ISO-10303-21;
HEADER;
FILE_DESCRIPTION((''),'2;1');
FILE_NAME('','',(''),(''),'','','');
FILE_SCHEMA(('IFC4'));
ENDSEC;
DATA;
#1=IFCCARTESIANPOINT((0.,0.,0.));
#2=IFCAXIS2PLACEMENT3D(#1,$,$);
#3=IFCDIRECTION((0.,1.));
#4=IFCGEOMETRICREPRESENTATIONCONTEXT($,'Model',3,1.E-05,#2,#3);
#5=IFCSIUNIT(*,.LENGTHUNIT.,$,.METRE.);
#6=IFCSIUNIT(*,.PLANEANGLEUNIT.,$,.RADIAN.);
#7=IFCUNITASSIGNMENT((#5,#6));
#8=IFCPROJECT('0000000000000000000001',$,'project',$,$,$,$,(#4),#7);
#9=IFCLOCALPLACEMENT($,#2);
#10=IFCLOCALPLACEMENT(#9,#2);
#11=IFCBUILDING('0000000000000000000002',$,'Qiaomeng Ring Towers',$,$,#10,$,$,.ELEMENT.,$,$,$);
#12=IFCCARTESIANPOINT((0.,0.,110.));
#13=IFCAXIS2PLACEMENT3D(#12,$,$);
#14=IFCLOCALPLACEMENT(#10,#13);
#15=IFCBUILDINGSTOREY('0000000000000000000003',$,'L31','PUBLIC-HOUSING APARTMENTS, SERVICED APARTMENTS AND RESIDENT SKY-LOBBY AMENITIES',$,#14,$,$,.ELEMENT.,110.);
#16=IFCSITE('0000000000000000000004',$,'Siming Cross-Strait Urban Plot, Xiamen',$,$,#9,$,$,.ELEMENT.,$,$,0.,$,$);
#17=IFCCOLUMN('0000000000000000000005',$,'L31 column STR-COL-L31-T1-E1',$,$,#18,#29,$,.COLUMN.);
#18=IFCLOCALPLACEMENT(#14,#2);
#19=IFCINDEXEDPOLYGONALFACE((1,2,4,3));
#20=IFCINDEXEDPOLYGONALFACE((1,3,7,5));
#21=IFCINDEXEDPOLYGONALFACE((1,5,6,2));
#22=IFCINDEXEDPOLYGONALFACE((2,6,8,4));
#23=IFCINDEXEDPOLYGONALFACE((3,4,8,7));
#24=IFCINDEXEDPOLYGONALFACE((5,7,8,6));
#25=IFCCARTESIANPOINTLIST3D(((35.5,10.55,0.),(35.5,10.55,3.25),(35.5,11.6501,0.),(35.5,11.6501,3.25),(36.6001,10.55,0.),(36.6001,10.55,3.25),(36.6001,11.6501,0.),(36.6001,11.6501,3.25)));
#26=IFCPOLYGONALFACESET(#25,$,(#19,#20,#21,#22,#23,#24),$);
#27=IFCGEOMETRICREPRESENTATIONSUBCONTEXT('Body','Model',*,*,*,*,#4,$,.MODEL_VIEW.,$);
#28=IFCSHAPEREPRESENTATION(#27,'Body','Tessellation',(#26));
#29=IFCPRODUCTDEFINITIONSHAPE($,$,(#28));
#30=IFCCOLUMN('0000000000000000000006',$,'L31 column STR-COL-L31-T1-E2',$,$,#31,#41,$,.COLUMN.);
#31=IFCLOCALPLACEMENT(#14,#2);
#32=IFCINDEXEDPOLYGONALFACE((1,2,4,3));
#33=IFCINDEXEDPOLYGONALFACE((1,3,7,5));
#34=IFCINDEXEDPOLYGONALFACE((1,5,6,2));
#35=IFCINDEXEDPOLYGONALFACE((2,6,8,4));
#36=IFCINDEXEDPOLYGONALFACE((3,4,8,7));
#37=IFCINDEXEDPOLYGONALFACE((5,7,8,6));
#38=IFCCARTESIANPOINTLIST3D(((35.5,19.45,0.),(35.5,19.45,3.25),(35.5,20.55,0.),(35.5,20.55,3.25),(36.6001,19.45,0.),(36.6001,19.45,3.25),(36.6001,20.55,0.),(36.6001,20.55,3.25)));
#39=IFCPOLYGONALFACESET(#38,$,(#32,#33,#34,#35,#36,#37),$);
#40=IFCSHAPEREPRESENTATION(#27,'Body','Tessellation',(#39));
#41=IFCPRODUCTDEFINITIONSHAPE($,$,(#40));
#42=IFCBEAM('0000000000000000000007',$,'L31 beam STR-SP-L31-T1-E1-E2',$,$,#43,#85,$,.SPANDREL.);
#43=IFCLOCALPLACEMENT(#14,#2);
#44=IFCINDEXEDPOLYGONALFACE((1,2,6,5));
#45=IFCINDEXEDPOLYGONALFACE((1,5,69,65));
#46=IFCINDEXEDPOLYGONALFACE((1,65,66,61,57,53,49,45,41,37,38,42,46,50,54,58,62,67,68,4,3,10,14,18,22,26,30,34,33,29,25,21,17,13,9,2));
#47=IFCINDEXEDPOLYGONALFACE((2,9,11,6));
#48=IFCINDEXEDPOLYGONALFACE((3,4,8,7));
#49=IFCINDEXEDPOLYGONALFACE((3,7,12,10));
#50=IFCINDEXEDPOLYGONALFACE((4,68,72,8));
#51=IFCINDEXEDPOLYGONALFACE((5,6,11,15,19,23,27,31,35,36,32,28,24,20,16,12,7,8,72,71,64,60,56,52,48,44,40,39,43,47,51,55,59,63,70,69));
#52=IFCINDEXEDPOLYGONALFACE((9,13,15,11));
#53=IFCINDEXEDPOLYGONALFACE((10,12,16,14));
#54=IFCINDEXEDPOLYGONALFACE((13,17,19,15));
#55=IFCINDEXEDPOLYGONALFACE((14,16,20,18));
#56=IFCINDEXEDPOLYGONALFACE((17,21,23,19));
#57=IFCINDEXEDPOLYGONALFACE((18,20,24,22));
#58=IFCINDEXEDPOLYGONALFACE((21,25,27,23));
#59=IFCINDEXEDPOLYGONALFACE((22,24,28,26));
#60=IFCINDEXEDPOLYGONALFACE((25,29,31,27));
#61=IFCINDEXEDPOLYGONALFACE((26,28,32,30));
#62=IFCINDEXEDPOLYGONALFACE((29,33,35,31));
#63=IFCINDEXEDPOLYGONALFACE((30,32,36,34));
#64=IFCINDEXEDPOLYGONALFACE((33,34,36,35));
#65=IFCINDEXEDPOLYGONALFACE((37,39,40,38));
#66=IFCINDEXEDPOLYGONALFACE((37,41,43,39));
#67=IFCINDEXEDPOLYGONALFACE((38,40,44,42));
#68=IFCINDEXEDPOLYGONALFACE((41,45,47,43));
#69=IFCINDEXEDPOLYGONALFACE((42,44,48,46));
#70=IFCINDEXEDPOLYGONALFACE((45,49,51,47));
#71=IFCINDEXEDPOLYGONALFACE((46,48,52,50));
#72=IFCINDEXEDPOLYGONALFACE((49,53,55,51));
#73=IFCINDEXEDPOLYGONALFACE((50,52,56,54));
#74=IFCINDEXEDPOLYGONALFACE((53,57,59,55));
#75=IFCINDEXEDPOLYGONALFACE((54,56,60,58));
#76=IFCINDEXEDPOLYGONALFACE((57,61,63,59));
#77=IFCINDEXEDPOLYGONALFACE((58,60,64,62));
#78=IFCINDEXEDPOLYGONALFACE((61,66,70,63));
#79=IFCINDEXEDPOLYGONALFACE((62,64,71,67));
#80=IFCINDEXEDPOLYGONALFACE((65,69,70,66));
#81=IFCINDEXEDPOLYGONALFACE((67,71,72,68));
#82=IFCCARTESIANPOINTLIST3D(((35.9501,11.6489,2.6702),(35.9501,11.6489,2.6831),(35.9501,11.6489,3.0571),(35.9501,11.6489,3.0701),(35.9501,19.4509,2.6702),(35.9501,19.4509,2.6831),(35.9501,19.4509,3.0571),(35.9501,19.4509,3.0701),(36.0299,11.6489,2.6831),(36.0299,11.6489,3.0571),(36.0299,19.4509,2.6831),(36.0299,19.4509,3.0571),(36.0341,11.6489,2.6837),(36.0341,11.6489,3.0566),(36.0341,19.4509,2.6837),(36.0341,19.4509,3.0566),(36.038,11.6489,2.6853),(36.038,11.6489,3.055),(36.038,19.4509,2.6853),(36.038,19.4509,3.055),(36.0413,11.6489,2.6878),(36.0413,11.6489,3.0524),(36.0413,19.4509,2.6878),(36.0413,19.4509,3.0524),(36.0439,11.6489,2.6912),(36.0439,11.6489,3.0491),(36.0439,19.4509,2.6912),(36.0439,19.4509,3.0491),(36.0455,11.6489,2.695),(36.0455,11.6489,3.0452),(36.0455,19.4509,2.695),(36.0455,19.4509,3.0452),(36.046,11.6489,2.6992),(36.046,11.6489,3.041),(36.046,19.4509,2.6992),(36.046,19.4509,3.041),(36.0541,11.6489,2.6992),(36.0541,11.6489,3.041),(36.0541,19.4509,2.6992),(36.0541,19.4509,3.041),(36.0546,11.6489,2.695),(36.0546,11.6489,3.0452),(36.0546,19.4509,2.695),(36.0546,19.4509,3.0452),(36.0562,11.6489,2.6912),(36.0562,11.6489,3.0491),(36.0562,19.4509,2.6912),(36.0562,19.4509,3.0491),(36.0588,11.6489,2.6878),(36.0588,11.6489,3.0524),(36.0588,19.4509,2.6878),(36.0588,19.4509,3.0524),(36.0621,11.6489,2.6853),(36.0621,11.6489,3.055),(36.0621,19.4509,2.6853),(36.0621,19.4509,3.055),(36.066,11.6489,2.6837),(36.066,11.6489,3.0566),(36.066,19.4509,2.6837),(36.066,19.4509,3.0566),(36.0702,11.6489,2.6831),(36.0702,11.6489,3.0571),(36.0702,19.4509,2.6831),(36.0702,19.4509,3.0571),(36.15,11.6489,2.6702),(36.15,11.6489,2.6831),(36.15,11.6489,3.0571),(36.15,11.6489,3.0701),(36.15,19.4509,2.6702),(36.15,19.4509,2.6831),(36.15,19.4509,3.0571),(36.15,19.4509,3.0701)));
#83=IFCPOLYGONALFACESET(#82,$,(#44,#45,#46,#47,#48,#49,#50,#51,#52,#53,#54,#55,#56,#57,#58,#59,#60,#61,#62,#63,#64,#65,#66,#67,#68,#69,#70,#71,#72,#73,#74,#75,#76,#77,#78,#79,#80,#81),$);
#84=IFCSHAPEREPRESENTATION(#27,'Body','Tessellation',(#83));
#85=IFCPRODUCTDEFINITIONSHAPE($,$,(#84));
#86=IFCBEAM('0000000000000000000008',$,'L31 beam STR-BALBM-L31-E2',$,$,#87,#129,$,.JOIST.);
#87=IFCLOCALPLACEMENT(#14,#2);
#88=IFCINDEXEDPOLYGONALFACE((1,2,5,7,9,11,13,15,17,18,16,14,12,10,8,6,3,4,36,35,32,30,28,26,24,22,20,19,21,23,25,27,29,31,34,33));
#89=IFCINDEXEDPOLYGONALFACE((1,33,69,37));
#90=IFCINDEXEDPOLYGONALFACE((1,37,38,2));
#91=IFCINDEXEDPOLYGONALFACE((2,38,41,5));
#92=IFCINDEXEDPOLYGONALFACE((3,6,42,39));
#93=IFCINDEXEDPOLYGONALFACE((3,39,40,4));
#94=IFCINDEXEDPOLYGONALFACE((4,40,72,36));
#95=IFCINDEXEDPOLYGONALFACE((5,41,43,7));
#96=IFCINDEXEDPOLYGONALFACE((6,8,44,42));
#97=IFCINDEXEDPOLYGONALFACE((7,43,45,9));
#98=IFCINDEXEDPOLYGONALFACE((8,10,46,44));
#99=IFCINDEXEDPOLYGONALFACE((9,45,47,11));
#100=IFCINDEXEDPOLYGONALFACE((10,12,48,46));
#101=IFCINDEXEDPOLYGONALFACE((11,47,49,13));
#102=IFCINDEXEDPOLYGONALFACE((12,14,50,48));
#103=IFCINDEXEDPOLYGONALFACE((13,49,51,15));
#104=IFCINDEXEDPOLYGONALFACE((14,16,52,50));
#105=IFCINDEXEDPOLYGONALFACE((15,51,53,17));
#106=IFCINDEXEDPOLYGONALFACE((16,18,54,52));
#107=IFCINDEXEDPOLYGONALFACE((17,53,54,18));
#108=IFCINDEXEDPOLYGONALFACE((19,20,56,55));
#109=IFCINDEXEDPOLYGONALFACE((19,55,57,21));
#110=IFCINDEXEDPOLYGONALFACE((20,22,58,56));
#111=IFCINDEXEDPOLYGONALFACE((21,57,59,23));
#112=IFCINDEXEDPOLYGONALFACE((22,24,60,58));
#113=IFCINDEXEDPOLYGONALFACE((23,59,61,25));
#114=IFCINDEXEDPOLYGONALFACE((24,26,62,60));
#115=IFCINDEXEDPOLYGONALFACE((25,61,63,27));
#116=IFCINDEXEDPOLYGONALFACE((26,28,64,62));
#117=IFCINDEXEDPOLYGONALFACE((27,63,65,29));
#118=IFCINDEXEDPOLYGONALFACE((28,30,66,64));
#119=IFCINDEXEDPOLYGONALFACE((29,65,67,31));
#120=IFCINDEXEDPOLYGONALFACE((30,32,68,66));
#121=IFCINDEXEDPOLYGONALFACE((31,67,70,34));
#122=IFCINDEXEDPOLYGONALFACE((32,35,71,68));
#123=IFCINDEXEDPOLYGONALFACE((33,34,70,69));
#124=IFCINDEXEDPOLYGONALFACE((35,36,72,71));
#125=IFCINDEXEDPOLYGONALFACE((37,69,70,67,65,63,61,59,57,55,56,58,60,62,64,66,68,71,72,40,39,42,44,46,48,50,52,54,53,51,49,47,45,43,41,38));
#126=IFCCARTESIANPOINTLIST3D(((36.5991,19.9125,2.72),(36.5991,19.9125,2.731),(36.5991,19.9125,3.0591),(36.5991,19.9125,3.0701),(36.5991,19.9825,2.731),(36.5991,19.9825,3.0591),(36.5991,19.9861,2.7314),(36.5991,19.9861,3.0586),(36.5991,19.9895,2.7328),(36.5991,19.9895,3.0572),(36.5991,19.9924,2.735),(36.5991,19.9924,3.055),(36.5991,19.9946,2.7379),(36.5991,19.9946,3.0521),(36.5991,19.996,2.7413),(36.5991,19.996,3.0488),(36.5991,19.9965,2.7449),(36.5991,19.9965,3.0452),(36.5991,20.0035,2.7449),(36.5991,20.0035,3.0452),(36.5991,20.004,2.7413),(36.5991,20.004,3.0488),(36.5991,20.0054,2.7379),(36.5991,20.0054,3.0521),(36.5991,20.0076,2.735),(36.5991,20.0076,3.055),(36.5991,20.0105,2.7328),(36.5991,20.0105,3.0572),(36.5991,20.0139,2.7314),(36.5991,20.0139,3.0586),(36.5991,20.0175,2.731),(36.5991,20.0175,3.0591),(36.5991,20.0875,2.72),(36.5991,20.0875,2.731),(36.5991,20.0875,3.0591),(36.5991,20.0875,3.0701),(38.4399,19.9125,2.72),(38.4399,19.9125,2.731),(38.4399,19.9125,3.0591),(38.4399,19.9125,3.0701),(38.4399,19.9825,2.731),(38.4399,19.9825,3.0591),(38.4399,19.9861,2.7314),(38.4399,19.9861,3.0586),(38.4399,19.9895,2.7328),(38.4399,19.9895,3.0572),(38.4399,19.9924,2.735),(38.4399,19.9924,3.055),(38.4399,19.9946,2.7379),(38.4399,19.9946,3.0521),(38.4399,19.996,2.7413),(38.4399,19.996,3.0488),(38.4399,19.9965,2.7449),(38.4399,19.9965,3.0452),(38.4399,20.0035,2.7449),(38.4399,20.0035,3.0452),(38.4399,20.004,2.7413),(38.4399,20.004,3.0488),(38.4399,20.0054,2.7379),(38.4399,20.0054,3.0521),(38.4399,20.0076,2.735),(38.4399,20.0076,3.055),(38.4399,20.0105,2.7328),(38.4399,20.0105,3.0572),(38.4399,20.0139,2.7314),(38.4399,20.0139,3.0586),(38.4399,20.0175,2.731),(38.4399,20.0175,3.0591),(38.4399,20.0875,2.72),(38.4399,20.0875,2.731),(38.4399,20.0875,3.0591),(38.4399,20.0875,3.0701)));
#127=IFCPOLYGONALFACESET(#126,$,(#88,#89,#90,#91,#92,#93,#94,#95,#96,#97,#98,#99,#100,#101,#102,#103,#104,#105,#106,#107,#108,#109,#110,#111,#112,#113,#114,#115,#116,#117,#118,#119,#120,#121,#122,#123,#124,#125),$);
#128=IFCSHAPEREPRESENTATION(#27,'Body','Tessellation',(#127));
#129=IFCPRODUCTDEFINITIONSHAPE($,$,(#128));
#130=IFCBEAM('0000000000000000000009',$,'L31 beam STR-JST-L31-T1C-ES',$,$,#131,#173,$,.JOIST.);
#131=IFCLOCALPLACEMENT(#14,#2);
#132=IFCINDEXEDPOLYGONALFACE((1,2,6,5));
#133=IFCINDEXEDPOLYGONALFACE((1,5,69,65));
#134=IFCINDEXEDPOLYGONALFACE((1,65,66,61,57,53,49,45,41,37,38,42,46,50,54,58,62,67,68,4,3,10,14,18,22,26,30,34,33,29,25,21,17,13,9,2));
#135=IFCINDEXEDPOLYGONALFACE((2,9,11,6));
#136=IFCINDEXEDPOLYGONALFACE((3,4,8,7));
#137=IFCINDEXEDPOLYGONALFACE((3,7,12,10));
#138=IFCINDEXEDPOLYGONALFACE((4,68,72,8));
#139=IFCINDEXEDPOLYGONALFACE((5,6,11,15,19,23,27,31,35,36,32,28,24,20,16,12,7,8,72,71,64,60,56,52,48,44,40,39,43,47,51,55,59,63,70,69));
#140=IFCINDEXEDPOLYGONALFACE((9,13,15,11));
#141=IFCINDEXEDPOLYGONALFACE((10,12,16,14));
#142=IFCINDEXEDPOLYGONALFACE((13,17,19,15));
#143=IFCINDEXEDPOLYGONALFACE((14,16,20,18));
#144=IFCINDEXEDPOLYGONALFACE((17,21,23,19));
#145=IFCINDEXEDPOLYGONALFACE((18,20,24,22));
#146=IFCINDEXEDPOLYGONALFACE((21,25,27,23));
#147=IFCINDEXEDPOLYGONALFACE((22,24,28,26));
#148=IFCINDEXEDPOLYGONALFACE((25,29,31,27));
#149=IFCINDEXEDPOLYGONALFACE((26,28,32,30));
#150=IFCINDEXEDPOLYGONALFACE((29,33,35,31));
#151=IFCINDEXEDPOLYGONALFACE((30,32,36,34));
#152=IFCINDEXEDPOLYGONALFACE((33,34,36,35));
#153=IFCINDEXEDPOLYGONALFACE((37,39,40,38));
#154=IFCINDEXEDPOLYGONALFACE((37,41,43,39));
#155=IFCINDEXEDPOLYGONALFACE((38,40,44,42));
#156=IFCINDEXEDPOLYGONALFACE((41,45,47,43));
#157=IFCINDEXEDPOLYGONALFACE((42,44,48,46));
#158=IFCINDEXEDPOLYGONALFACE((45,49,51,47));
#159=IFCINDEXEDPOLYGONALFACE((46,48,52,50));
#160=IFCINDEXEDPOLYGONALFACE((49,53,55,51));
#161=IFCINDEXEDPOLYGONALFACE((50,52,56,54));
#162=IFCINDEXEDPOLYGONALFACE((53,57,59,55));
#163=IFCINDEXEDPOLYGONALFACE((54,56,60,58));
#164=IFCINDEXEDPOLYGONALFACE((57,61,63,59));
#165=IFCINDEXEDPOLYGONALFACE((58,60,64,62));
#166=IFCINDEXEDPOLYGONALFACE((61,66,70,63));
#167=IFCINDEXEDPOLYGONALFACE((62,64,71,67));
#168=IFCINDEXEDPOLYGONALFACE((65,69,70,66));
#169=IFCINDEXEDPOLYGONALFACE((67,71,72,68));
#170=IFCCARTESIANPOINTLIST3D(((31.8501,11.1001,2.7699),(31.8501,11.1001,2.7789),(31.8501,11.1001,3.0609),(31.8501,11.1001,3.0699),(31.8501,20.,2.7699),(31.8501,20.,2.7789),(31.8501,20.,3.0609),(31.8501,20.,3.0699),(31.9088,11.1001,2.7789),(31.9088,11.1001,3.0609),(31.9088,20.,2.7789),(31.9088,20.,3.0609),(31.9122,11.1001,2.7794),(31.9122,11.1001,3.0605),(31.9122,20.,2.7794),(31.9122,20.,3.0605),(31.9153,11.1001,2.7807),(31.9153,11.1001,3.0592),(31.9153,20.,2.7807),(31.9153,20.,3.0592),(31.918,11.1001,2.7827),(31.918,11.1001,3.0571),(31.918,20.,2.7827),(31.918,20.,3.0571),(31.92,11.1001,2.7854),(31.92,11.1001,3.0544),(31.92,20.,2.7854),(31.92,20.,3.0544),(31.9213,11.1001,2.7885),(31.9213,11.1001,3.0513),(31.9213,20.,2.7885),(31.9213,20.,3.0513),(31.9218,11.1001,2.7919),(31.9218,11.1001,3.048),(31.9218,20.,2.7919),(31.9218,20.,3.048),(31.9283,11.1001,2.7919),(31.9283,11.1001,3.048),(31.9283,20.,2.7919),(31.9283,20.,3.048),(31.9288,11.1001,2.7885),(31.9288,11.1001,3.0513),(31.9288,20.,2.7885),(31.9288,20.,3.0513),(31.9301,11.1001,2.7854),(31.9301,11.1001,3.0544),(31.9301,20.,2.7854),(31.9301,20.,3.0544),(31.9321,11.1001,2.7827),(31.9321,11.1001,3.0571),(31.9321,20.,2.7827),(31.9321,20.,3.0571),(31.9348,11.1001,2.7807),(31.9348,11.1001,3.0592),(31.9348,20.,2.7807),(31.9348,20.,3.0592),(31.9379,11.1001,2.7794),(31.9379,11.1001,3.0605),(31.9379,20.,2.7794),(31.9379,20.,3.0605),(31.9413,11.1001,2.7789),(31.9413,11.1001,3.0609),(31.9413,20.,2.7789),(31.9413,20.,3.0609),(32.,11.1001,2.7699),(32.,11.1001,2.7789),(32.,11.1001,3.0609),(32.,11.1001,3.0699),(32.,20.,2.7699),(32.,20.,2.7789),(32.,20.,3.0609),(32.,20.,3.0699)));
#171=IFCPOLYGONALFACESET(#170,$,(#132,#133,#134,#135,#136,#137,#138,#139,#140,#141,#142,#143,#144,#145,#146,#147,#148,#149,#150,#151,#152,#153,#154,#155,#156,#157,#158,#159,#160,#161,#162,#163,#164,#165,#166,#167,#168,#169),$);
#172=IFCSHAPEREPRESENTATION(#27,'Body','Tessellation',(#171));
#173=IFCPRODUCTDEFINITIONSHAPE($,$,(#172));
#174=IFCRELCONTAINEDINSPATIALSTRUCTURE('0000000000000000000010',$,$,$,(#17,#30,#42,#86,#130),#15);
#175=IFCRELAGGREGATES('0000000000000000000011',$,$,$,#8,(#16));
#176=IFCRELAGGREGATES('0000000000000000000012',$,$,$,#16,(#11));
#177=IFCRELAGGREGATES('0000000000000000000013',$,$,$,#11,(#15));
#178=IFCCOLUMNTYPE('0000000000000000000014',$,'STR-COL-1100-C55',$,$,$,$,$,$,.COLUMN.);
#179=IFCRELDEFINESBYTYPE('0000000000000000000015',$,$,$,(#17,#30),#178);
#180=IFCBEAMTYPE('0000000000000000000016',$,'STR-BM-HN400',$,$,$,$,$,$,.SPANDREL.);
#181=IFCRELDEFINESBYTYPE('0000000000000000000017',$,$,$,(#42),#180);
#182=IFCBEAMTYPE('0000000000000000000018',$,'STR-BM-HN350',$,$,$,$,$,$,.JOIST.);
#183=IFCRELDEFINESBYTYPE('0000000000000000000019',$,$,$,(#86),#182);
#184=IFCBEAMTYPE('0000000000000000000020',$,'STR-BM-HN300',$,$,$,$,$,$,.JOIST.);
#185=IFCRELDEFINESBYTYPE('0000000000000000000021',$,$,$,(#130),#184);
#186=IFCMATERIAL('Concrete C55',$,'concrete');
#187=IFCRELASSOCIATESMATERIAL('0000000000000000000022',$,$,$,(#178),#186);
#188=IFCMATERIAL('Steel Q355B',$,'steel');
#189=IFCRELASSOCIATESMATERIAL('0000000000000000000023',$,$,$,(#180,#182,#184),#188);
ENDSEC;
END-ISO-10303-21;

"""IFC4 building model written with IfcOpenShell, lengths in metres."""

from ifc_helpers import new_model, si_unit, direction, frame, origin, origin_2d, place, context, subcontext, project, spatial, rectangle, i_section, extrude, source, transform, mapped, material, material_profile, profile_set, type_object, element, save


model = new_model("IFC4")

# Units and contexts
model_context = context("Model", 3, precision=1e-05, world=origin(), true_north=direction((0.0, 1.0)))
body_context = subcontext(model_context, "Body", "Model", "MODEL_VIEW")
ifc_project = project(units=[si_unit("LENGTHUNIT", "METRE"), si_unit("PLANEANGLEUNIT", "RADIAN")], contexts=[model_context])

# Site, building, storey
site_placement = place(None, origin())
site = spatial("IfcSite", under=ifc_project, at=site_placement, Name="Siming Cross-Strait Urban Plot, Xiamen", CompositionType="ELEMENT", RefElevation=0.0)
building_placement = place(site_placement, origin())
building = spatial("IfcBuilding", under=site, at=building_placement, Name="Qiaomeng Ring Towers", CompositionType="ELEMENT")
storey_placement = place(building_placement, frame((0.0, 0.0, 110.0)))
storey = spatial("IfcBuildingStorey", under=building, at=storey_placement, Name="L31", Description="PUBLIC-HOUSING APARTMENTS, SERVICED APARTMENTS AND RESIDENT SKY-LOBBY AMENITIES", CompositionType="ELEMENT", Elevation=110.0)

# Columns
ifc_material_1 = material(Name="Concrete C55", Category="concrete")
ifc_material_profile_1 = material_profile(ifc_material_1, rectangle(XDim=1.1001, YDim=1.1001, at=origin_2d()), Name="RC COL 1100x1100")
ifc_profile_set_1 = profile_set([ifc_material_profile_1], Name="Concrete C55")
column_type = type_object("IfcColumnType", Name="STR-COL-1100-C55", PredefinedType="COLUMN", material=ifc_profile_set_1)
shared_shape_1 = source(origin(), body_context, "Body", "SweptSolid", [
    extrude(rectangle(XDim=1.1001, YDim=1.1001, at=origin_2d()), origin(), (0.0, 0.0, 1.0), 3.25),
])
for number, where, z_axis, x_axis, name in (
    (1, (36.05, 11.1001, 0.0), (0.0, 0.0, 1.0), (1.0, 0.0, 0.0), "L31 column STR-COL-L31-T1-E1"),
    (2, (36.05, 20.0, 0.0), (0.0, 0.0, 1.0), (1.0, 0.0, 0.0), "L31 column STR-COL-L31-T1-E2"),
):
    element("IfcColumn", number, at=place(storey_placement, frame(where, z_axis=z_axis, x_axis=x_axis)), inside=storey, type_object=column_type, Name=name, PredefinedType="COLUMN", context=body_context, shape_type="MappedRepresentation", body=[
        mapped(shared_shape_1, transform((0.0, 0.0, 0.0), x_axis=(1.0, 0.0, 0.0), y_axis=(0.0, 1.0, 0.0), z_axis=(0.0, 0.0, 1.0), scale=1.0)),
    ])

# Beams
ifc_material_2 = material(Name="Steel Q355B", Category="steel")
ifc_material_profile_2 = material_profile(ifc_material_2, i_section(OverallWidth=0.2, OverallDepth=0.3999, WebThickness=0.0081, FlangeThickness=0.0129, FilletRadius=0.0161, at=origin_2d()), Name="HN 400x200x8x13")
ifc_profile_set_2 = profile_set([ifc_material_profile_2], Name="Steel Q355B")
beam_type_1 = type_object("IfcBeamType", Name="STR-BM-HN400", PredefinedType="SPANDREL", material=ifc_profile_set_2)
shared_shape_2 = source(origin(), body_context, "Body", "SweptSolid", [
    extrude(i_section(OverallWidth=0.2, OverallDepth=0.3999, WebThickness=0.0081, FlangeThickness=0.0129, FilletRadius=0.0161, at=origin_2d()), origin(), (0.0, 0.0, 1.0), 7.802),
])
beam_1_placement = place(storey_placement, frame((36.05, 11.6489, 2.8701), z_axis=(0.0, 1.0, 0.0), x_axis=(-1.0, 0.0, 0.0)))
element("IfcBeam", 3, at=beam_1_placement, inside=storey, type_object=beam_type_1, Name="L31 beam STR-SP-L31-T1-E1-E2", PredefinedType="SPANDREL", context=body_context, shape_type="MappedRepresentation", body=[
    mapped(shared_shape_2, transform((0.0, 0.0, 0.0), x_axis=(1.0, 0.0, 0.0), y_axis=(0.0, 1.0, 0.0), z_axis=(0.0, 0.0, 1.0), scale=1.0)),
])
ifc_material_profile_3 = material_profile(ifc_material_2, i_section(OverallWidth=0.175, OverallDepth=0.3501, WebThickness=0.0071, FlangeThickness=0.011, FilletRadius=0.0139, at=origin_2d()), Name="HN 350x175x7x11")
ifc_profile_set_3 = profile_set([ifc_material_profile_3], Name="Steel Q355B")
beam_type_2 = type_object("IfcBeamType", Name="STR-BM-HN350", PredefinedType="JOIST", material=ifc_profile_set_3)
shared_shape_3 = source(origin(), body_context, "Body", "SweptSolid", [
    extrude(i_section(OverallWidth=0.175, OverallDepth=0.3501, WebThickness=0.0071, FlangeThickness=0.011, FilletRadius=0.0139, at=origin_2d()), origin(), (0.0, 0.0, 1.0), 1.8408),
])
beam_2_placement = place(storey_placement, frame((36.5991, 20.0, 2.895), z_axis=(1.0, 0.0, 0.0), x_axis=(0.0, 1.0, 0.0)))
element("IfcBeam", 4, at=beam_2_placement, inside=storey, type_object=beam_type_2, Name="L31 beam STR-BALBM-L31-E2", PredefinedType="JOIST", context=body_context, shape_type="MappedRepresentation", body=[
    mapped(shared_shape_3, transform((0.0, 0.0, 0.0), x_axis=(1.0, 0.0, 0.0), y_axis=(0.0, 1.0, 0.0), z_axis=(0.0, 0.0, 1.0), scale=1.0)),
])
ifc_material_profile_4 = material_profile(ifc_material_2, i_section(OverallWidth=0.1499, OverallDepth=0.3, WebThickness=0.0066, FlangeThickness=0.009, FilletRadius=0.0129, at=origin_2d()), Name="HN 300x150x6.5x9")
ifc_profile_set_4 = profile_set([ifc_material_profile_4], Name="Steel Q355B")
beam_type_3 = type_object("IfcBeamType", Name="STR-BM-HN300", PredefinedType="JOIST", material=ifc_profile_set_4)
shared_shape_4 = source(origin(), body_context, "Body", "SweptSolid", [
    extrude(i_section(OverallWidth=0.1499, OverallDepth=0.3, WebThickness=0.0066, FlangeThickness=0.009, FilletRadius=0.0129, at=origin_2d()), origin(), (0.0, 0.0, 1.0), 8.8999),
])
beam_3_placement = place(storey_placement, frame((31.925, 11.1001, 2.9199), z_axis=(0.0, 1.0, 0.0), x_axis=(-1.0, 0.0, 0.0)))
element("IfcBeam", 5, at=beam_3_placement, inside=storey, type_object=beam_type_3, Name="L31 beam STR-JST-L31-T1C-ES", PredefinedType="JOIST", context=body_context, shape_type="MappedRepresentation", body=[
    mapped(shared_shape_4, transform((0.0, 0.0, 0.0), x_axis=(1.0, 0.0, 0.0), y_axis=(0.0, 1.0, 0.0), z_axis=(0.0, 0.0, 1.0), scale=1.0)),
])

save(model, "model.ifc")
